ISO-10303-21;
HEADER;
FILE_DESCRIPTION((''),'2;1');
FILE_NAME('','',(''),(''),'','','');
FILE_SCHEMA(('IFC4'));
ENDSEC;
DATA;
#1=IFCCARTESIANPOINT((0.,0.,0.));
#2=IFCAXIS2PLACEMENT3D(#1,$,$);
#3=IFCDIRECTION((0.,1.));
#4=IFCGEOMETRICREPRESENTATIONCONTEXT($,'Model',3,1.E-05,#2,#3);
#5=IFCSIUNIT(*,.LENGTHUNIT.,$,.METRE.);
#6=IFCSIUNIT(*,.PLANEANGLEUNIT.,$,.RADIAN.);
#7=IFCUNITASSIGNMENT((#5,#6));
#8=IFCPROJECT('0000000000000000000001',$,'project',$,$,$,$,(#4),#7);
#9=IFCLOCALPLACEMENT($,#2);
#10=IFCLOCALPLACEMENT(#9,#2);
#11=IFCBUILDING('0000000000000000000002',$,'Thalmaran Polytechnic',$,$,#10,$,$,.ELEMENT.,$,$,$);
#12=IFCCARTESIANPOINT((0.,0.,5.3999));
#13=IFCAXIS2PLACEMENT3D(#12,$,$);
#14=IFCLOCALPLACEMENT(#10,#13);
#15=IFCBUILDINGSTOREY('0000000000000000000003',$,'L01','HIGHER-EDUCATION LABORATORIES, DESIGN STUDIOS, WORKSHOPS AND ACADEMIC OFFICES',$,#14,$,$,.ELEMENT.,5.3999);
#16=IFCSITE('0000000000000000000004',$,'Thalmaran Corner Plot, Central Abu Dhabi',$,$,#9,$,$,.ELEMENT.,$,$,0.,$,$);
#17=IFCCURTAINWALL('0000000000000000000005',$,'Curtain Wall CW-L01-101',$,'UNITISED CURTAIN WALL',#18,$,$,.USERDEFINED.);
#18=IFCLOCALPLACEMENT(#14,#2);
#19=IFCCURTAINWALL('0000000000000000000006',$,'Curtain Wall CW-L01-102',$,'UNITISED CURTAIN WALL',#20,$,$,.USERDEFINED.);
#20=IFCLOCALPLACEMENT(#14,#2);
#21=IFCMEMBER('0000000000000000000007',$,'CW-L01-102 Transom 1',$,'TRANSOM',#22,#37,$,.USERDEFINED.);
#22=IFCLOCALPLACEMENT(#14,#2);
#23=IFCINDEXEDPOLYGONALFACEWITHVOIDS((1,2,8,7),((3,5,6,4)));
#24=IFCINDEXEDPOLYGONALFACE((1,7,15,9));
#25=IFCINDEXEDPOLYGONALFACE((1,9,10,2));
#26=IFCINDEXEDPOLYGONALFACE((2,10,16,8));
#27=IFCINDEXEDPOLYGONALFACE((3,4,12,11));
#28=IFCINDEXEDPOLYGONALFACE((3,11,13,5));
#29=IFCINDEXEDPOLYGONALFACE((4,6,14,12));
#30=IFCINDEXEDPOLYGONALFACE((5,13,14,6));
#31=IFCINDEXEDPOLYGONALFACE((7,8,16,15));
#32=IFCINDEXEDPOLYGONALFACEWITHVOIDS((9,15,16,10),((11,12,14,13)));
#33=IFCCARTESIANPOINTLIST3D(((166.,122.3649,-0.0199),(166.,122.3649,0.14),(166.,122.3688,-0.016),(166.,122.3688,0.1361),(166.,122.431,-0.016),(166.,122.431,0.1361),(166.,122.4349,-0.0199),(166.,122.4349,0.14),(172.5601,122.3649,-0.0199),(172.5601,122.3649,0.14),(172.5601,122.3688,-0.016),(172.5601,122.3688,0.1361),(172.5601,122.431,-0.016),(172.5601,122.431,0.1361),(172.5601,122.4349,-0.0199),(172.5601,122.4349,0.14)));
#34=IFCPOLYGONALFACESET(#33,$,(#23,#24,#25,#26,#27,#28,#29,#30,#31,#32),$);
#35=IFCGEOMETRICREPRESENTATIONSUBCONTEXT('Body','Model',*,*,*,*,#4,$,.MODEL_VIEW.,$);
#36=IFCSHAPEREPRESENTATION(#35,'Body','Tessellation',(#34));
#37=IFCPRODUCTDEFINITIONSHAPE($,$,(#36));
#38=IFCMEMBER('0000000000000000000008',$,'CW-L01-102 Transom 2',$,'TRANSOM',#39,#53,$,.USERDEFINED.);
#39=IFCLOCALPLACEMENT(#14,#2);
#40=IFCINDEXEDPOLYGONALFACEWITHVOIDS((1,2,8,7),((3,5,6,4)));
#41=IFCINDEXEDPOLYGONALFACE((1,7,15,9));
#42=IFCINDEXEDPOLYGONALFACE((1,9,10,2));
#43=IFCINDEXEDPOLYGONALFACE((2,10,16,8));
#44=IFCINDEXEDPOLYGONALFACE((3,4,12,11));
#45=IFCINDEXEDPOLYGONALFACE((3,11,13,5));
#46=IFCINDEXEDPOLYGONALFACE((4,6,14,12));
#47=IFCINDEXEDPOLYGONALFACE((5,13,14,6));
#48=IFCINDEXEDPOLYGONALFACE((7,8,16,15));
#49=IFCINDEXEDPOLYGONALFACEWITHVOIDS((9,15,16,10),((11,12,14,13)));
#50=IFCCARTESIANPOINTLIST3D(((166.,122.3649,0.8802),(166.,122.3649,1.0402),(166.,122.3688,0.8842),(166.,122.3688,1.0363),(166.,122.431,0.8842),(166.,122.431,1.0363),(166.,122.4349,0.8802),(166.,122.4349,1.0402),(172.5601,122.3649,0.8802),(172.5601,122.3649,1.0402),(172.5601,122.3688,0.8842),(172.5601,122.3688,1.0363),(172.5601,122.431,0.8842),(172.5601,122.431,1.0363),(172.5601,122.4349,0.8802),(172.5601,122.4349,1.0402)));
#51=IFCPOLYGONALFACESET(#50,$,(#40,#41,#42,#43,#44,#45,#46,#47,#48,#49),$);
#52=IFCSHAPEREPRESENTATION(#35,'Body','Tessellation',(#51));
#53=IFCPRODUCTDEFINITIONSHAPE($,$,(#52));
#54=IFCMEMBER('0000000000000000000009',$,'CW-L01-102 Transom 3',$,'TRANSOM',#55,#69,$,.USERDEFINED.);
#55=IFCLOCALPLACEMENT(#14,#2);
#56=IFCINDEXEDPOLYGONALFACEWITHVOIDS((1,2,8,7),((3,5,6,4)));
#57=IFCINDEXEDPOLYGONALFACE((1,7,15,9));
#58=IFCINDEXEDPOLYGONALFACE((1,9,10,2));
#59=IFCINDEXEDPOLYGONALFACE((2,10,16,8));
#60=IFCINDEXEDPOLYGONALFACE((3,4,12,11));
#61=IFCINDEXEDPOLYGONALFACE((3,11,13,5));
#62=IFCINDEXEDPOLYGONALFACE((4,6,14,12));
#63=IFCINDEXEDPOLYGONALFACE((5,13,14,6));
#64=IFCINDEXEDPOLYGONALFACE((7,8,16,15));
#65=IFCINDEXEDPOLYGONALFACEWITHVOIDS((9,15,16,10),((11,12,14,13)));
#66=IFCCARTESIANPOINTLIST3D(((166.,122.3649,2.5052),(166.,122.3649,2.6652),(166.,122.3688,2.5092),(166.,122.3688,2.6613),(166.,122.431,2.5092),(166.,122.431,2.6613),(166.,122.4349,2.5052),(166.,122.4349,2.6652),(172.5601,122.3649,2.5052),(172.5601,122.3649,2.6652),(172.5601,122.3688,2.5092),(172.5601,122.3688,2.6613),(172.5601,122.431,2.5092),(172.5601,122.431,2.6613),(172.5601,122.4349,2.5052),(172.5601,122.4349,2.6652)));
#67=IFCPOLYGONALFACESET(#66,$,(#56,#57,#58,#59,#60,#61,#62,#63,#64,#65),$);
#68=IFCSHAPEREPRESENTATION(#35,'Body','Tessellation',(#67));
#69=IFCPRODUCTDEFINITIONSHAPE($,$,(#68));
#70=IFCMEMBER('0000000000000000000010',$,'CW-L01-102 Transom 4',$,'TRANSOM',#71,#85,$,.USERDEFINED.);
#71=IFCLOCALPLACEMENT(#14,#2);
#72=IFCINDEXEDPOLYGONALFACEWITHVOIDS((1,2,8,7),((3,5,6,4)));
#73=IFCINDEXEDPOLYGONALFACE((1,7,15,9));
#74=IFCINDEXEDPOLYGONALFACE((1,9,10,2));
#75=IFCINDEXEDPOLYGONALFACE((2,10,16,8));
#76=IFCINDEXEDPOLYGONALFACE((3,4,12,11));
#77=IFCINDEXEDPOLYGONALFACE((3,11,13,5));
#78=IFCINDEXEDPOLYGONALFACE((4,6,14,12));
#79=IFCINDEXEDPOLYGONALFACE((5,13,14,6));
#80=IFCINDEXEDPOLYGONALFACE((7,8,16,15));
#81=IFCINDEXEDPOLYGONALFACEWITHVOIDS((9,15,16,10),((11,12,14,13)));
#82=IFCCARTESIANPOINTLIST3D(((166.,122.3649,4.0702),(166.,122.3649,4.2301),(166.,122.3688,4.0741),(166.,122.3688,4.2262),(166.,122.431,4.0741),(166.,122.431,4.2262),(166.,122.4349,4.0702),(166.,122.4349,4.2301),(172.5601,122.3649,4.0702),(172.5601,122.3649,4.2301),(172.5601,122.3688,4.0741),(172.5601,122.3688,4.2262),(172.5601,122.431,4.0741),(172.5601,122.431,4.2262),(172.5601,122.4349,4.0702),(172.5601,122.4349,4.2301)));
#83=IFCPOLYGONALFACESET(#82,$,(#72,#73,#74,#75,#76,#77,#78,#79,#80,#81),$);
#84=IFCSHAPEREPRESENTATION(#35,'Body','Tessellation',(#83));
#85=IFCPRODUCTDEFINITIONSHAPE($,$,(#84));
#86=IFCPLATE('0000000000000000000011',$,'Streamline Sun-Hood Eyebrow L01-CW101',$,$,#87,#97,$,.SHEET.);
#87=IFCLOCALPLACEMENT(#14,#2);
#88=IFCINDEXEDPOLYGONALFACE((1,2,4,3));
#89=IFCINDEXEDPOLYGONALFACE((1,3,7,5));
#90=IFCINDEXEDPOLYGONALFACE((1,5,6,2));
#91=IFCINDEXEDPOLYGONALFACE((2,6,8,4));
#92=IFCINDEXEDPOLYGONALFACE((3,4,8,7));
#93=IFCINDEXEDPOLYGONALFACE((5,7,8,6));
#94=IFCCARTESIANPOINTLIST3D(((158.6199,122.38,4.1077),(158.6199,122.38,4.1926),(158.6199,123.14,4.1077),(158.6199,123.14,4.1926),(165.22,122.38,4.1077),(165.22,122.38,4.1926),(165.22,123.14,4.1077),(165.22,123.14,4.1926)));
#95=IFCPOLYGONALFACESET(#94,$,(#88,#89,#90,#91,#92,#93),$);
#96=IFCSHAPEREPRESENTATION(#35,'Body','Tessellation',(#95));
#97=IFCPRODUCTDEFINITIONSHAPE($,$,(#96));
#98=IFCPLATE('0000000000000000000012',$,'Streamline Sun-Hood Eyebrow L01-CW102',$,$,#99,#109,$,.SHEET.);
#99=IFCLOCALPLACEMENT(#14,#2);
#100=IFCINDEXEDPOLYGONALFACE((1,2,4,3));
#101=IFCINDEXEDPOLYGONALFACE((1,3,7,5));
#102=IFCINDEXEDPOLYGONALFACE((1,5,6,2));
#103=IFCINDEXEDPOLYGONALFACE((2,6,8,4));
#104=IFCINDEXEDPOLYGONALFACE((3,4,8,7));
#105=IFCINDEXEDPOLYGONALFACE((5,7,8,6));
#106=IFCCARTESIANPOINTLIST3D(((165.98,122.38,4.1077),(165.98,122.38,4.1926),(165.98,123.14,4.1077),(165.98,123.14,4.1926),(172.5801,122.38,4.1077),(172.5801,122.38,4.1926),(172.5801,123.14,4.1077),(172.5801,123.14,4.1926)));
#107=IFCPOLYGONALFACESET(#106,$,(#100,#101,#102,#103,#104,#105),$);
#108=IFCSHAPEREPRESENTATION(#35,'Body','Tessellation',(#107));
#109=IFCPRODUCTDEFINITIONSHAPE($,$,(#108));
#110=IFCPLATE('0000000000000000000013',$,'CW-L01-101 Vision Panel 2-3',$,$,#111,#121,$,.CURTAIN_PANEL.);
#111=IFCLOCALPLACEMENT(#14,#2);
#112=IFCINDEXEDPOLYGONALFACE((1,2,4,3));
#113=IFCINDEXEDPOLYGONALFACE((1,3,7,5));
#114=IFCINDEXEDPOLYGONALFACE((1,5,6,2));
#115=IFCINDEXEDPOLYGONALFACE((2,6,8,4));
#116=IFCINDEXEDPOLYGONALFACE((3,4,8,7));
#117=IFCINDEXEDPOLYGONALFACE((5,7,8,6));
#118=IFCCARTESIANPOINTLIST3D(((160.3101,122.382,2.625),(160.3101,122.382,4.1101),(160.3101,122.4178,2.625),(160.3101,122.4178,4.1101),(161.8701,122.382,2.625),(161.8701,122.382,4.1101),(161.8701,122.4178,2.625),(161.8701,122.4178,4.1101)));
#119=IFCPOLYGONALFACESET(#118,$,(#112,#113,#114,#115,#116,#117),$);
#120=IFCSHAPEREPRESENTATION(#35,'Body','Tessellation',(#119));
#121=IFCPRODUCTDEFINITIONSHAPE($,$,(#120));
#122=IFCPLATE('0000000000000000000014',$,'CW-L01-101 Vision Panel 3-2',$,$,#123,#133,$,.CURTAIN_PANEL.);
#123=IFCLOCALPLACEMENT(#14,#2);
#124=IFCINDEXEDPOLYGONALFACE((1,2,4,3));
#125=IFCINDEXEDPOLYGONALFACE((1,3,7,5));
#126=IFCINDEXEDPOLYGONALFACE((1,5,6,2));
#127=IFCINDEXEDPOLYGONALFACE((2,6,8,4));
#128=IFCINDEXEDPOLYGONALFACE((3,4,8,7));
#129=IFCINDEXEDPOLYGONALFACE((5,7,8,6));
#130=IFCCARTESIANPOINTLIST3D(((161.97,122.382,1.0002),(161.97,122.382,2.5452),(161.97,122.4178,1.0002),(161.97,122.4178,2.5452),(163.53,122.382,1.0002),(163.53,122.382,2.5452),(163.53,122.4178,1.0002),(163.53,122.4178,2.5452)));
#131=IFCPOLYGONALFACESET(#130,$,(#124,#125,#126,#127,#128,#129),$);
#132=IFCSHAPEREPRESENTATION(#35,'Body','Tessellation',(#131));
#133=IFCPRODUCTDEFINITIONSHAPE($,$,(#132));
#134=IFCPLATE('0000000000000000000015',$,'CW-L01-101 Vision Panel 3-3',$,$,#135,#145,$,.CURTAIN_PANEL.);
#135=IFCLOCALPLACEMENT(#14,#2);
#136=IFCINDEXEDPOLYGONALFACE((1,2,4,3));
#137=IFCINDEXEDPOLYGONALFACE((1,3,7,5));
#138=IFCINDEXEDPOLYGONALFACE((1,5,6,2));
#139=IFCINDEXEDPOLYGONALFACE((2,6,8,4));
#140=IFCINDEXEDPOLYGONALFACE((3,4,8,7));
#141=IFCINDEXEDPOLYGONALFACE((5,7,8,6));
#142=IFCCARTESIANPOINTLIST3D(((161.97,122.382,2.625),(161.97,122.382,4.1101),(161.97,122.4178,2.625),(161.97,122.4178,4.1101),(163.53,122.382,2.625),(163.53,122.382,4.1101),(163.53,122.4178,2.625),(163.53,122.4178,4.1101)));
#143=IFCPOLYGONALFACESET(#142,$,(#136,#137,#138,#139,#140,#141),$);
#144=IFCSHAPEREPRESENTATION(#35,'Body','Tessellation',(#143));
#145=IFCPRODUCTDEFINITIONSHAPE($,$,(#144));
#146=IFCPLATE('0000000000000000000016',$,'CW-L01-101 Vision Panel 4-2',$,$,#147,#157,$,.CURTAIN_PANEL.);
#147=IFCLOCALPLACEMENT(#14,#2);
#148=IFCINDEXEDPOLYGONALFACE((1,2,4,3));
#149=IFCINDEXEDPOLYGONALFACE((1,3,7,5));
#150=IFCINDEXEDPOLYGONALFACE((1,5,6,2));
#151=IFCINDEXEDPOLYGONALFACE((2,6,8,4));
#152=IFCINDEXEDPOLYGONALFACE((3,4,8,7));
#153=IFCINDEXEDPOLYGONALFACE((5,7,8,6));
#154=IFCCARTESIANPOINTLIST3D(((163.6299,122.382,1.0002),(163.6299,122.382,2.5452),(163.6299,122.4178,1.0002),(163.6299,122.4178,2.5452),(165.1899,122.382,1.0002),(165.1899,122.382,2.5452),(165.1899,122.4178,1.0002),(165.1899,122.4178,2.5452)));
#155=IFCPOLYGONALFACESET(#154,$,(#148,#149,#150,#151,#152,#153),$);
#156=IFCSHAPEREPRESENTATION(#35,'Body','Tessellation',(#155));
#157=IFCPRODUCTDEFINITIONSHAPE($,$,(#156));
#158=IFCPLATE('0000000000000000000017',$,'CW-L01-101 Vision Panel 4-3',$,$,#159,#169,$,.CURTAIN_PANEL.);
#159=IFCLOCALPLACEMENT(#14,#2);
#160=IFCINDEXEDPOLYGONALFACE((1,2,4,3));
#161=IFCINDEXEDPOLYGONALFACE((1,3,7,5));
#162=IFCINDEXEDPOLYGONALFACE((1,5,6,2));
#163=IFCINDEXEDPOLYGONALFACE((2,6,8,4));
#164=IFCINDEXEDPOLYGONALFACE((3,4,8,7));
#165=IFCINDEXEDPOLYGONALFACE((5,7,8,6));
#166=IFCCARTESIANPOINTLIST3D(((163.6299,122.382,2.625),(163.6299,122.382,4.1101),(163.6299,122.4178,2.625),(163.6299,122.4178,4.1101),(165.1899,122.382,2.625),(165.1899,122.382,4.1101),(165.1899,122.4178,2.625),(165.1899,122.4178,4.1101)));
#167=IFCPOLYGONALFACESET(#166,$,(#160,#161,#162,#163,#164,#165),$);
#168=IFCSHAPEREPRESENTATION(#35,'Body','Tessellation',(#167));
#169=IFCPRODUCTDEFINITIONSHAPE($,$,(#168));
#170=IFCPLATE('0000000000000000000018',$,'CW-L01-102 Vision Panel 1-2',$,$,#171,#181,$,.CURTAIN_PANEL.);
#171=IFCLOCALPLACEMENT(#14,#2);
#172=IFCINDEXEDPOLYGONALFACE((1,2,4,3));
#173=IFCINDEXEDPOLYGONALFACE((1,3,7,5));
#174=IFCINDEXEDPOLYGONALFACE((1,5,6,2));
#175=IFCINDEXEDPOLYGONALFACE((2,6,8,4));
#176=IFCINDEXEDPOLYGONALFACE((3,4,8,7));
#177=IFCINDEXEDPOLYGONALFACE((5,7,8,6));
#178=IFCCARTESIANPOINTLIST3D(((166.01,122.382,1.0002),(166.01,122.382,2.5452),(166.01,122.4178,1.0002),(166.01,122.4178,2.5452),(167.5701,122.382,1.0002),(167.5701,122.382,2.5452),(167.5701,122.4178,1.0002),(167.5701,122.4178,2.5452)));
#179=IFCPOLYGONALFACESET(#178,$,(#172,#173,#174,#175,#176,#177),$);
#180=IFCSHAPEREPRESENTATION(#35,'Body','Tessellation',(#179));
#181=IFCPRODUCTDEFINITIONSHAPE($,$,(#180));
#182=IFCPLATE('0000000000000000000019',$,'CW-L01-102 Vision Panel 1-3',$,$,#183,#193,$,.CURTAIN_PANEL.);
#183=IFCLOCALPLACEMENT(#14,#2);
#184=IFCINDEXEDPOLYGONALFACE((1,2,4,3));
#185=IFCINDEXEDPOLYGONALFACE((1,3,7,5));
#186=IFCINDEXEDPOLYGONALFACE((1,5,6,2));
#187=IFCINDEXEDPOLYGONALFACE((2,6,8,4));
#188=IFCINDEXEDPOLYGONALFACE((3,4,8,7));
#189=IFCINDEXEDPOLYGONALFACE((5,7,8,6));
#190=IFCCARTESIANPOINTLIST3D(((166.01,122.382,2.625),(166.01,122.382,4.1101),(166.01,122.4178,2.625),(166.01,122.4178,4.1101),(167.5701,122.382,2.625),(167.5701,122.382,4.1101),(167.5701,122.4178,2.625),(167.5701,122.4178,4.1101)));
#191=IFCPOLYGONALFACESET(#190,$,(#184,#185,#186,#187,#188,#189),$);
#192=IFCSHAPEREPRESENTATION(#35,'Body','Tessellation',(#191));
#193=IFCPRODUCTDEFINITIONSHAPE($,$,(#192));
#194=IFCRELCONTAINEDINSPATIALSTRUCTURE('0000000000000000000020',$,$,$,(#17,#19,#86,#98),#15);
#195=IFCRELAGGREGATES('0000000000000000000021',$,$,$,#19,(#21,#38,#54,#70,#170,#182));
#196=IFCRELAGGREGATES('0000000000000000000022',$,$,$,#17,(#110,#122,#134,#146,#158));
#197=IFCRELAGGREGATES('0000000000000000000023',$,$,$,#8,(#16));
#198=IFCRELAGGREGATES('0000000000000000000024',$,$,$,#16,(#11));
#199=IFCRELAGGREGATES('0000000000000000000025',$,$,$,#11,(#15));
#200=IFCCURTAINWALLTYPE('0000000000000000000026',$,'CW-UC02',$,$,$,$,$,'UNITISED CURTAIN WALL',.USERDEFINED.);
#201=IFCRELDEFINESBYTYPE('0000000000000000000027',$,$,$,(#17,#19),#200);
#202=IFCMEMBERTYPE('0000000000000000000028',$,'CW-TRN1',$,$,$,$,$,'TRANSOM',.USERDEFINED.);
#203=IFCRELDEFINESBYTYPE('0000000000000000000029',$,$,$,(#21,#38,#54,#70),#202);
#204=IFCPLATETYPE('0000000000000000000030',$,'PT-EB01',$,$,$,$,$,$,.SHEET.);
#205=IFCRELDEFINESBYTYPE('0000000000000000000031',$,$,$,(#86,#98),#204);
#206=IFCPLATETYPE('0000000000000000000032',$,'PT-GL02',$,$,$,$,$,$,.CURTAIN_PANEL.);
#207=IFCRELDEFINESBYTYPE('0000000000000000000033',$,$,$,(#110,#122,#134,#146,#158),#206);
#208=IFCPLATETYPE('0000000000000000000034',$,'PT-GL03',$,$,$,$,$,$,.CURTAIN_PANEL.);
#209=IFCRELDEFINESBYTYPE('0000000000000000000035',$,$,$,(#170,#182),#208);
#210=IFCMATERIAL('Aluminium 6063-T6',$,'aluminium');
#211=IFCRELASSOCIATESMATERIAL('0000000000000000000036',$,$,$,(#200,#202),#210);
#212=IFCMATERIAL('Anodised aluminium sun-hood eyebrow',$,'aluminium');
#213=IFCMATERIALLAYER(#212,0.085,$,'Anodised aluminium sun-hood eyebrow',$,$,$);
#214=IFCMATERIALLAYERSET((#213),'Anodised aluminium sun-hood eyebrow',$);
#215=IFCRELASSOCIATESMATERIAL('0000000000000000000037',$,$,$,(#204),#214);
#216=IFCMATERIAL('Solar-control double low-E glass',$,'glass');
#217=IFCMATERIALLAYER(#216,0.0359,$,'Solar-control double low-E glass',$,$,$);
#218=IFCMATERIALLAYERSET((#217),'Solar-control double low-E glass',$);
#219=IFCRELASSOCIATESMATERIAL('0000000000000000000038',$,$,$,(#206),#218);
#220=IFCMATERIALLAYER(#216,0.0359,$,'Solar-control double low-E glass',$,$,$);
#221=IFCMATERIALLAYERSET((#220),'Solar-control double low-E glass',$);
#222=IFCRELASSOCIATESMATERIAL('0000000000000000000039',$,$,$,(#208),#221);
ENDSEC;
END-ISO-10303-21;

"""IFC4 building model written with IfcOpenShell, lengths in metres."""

from ifc_helpers import new_model, si_unit, direction, frame, origin, origin_2d, place, context, subcontext, project, spatial, rectangle, hollow_rectangle, extrude, material, layer, layer_set, material_profile, profile_set, type_object, element, aggregate, save


model = new_model("IFC4")

# Units and contexts
model_context = context("Model", 3, precision=1e-05, world=origin(), true_north=direction((0.0, 1.0)))
body_context = subcontext(model_context, "Body", "Model", "MODEL_VIEW")
ifc_project = project(units=[si_unit("LENGTHUNIT", "METRE"), si_unit("PLANEANGLEUNIT", "RADIAN")], contexts=[model_context])

# Site, building, storey
site_placement = place(None, origin())
site = spatial("IfcSite", under=ifc_project, at=site_placement, Name="Thalmaran Corner Plot, Central Abu Dhabi", CompositionType="ELEMENT", RefElevation=0.0)
building_placement = place(site_placement, origin())
building = spatial("IfcBuilding", under=site, at=building_placement, Name="Thalmaran Polytechnic", CompositionType="ELEMENT")
storey_placement = place(building_placement, frame((0.0, 0.0, 5.3999)))
storey = spatial("IfcBuildingStorey", under=building, at=storey_placement, Name="L01", Description="HIGHER-EDUCATION LABORATORIES, DESIGN STUDIOS, WORKSHOPS AND ACADEMIC OFFICES", CompositionType="ELEMENT", Elevation=5.3999)

# Curtain walls, members
ifc_material_1 = material(Name="Aluminium 6063-T6", Category="aluminium")
curtain_wall_type = type_object("IfcCurtainWallType", Name="CW-UC02", ElementType="UNITISED CURTAIN WALL", PredefinedType="USERDEFINED", material=ifc_material_1)
curtain_wall_1_placement = place(storey_placement, origin())
curtain_wall_1 = element("IfcCurtainWall", 1, at=curtain_wall_1_placement, inside=storey, type_object=curtain_wall_type, Name="Curtain Wall CW-L01-101", ObjectType="UNITISED CURTAIN WALL", PredefinedType="USERDEFINED")
curtain_wall_2_placement = place(storey_placement, origin())
curtain_wall_2 = element("IfcCurtainWall", 2, at=curtain_wall_2_placement, inside=storey, type_object=curtain_wall_type, Name="Curtain Wall CW-L01-102", ObjectType="UNITISED CURTAIN WALL", PredefinedType="USERDEFINED")
ifc_material_profile_1 = material_profile(ifc_material_1, hollow_rectangle(XDim=0.0701, YDim=0.1599, WallThickness=0.0039, at=origin_2d()), Name="AL 160x70x4.0")
ifc_profile_set_1 = profile_set([ifc_material_profile_1], Name="Aluminium 6063-T6")
member_type_1 = type_object("IfcMemberType", Name="CW-TRN1", ElementType="TRANSOM", PredefinedType="USERDEFINED", material=ifc_profile_set_1)
member_1_placement = place(storey_placement, frame((166.0, 122.3999, 0.0601), z_axis=(1.0, 0.0, 0.0), x_axis=(0.0, 1.0, 0.0)))
member_1 = element("IfcMember", 3, at=member_1_placement, type_object=member_type_1, Name="CW-L01-102 Transom 1", ObjectType="TRANSOM", PredefinedType="USERDEFINED", context=body_context, shape_type="SweptSolid", body=[
    extrude(hollow_rectangle(XDim=0.0701, YDim=0.1599, WallThickness=0.0039, at=origin_2d()), origin(), (0.0, 0.0, 1.0), 6.5601),
])
member_2_placement = place(storey_placement, frame((166.0, 122.3999, 0.9602), z_axis=(1.0, 0.0, 0.0), x_axis=(0.0, 1.0, 0.0)))
member_2 = element("IfcMember", 4, at=member_2_placement, type_object=member_type_1, Name="CW-L01-102 Transom 2", ObjectType="TRANSOM", PredefinedType="USERDEFINED", context=body_context, shape_type="SweptSolid", body=[
    extrude(hollow_rectangle(XDim=0.0701, YDim=0.1599, WallThickness=0.0039, at=origin_2d()), origin(), (0.0, 0.0, 1.0), 6.5601),
])
member_3_placement = place(storey_placement, frame((166.0, 122.3999, 2.5852), z_axis=(1.0, 0.0, 0.0), x_axis=(0.0, 1.0, 0.0)))
member_3 = element("IfcMember", 5, at=member_3_placement, type_object=member_type_1, Name="CW-L01-102 Transom 3", ObjectType="TRANSOM", PredefinedType="USERDEFINED", context=body_context, shape_type="SweptSolid", body=[
    extrude(hollow_rectangle(XDim=0.0701, YDim=0.1599, WallThickness=0.0039, at=origin_2d()), origin(), (0.0, 0.0, 1.0), 6.5601),
])
member_4_placement = place(storey_placement, frame((166.0, 122.3999, 4.1501), z_axis=(1.0, 0.0, 0.0), x_axis=(0.0, 1.0, 0.0)))
member_4 = element("IfcMember", 6, at=member_4_placement, type_object=member_type_1, Name="CW-L01-102 Transom 4", ObjectType="TRANSOM", PredefinedType="USERDEFINED", context=body_context, shape_type="SweptSolid", body=[
    extrude(hollow_rectangle(XDim=0.0701, YDim=0.1599, WallThickness=0.0039, at=origin_2d()), origin(), (0.0, 0.0, 1.0), 6.5601),
])

# Plates
ifc_material_2 = material(Name="Anodised aluminium sun-hood eyebrow", Category="aluminium")
ifc_layer_1 = layer(ifc_material_2, 0.085, Name="Anodised aluminium sun-hood eyebrow")
ifc_layer_set_1 = layer_set([ifc_layer_1], Name="Anodised aluminium sun-hood eyebrow")
plate_type_1 = type_object("IfcPlateType", Name="PT-EB01", PredefinedType="SHEET", material=ifc_layer_set_1)
for number, where, z_axis, x_axis, name in (
    (7, (161.9199, 122.76, 4.1077), (0.0, 0.0, 1.0), (1.0, 0.0, 0.0), "Streamline Sun-Hood Eyebrow L01-CW101"),
    (8, (169.28, 122.76, 4.1077), (0.0, 0.0, 1.0), (1.0, 0.0, 0.0), "Streamline Sun-Hood Eyebrow L01-CW102"),
):
    element("IfcPlate", number, at=place(storey_placement, frame(where, z_axis=z_axis, x_axis=x_axis)), inside=storey, type_object=plate_type_1, Name=name, PredefinedType="SHEET", context=body_context, shape_type="SweptSolid", body=[
        extrude(rectangle(XDim=6.6001, YDim=0.76, at=origin_2d()), origin(), (0.0, 0.0, 1.0), 0.085),
    ])

# Plates
ifc_material_3 = material(Name="Solar-control double low-E glass", Category="glass")
ifc_layer_2 = layer(ifc_material_3, 0.0359, Name="Solar-control double low-E glass")
ifc_layer_set_2 = layer_set([ifc_layer_2], Name="Solar-control double low-E glass")
plate_type_2 = type_object("IfcPlateType", Name="PT-GL02", PredefinedType="CURTAIN_PANEL", material=ifc_layer_set_2)
plate_1_placement = place(storey_placement, frame((161.0901, 122.3999, 2.625), z_axis=(0.0, 0.0, 1.0), x_axis=(1.0, 0.0, 0.0)))
plate_1 = element("IfcPlate", 9, at=plate_1_placement, type_object=plate_type_2, Name="CW-L01-101 Vision Panel 2-3", PredefinedType="CURTAIN_PANEL", context=body_context, shape_type="SweptSolid", body=[
    extrude(rectangle(XDim=1.5601, YDim=0.0359, at=origin_2d()), origin(), (0.0, 0.0, 1.0), 1.4851),
])
plate_2_placement = place(storey_placement, frame((162.75, 122.3999, 1.0002), z_axis=(0.0, 0.0, 1.0), x_axis=(1.0, 0.0, 0.0)))
plate_2 = element("IfcPlate", 10, at=plate_2_placement, type_object=plate_type_2, Name="CW-L01-101 Vision Panel 3-2", PredefinedType="CURTAIN_PANEL", context=body_context, shape_type="SweptSolid", body=[
    extrude(rectangle(XDim=1.5601, YDim=0.0359, at=origin_2d()), origin(), (0.0, 0.0, 1.0), 1.5449),
])
plate_3_placement = place(storey_placement, frame((162.75, 122.3999, 2.625), z_axis=(0.0, 0.0, 1.0), x_axis=(1.0, 0.0, 0.0)))
plate_3 = element("IfcPlate", 11, at=plate_3_placement, type_object=plate_type_2, Name="CW-L01-101 Vision Panel 3-3", PredefinedType="CURTAIN_PANEL", context=body_context, shape_type="SweptSolid", body=[
    extrude(rectangle(XDim=1.5601, YDim=0.0359, at=origin_2d()), origin(), (0.0, 0.0, 1.0), 1.4851),
])
plate_4_placement = place(storey_placement, frame((164.4099, 122.3999, 1.0002), z_axis=(0.0, 0.0, 1.0), x_axis=(1.0, 0.0, 0.0)))
plate_4 = element("IfcPlate", 12, at=plate_4_placement, type_object=plate_type_2, Name="CW-L01-101 Vision Panel 4-2", PredefinedType="CURTAIN_PANEL", context=body_context, shape_type="SweptSolid", body=[
    extrude(rectangle(XDim=1.5601, YDim=0.0359, at=origin_2d()), origin(), (0.0, 0.0, 1.0), 1.5449),
])
plate_5_placement = place(storey_placement, frame((164.4099, 122.3999, 2.625), z_axis=(0.0, 0.0, 1.0), x_axis=(1.0, 0.0, 0.0)))
plate_5 = element("IfcPlate", 13, at=plate_5_placement, type_object=plate_type_2, Name="CW-L01-101 Vision Panel 4-3", PredefinedType="CURTAIN_PANEL", context=body_context, shape_type="SweptSolid", body=[
    extrude(rectangle(XDim=1.5601, YDim=0.0359, at=origin_2d()), origin(), (0.0, 0.0, 1.0), 1.4851),
])
ifc_layer_3 = layer(ifc_material_3, 0.0359, Name="Solar-control double low-E glass")
ifc_layer_set_3 = layer_set([ifc_layer_3], Name="Solar-control double low-E glass")
plate_type_3 = type_object("IfcPlateType", Name="PT-GL03", PredefinedType="CURTAIN_PANEL", material=ifc_layer_set_3)
plate_6_placement = place(storey_placement, frame((166.79, 122.3999, 1.0002), z_axis=(0.0, 0.0, 1.0), x_axis=(1.0, 0.0, 0.0)))
plate_6 = element("IfcPlate", 14, at=plate_6_placement, type_object=plate_type_3, Name="CW-L01-102 Vision Panel 1-2", PredefinedType="CURTAIN_PANEL", context=body_context, shape_type="SweptSolid", body=[
    extrude(rectangle(XDim=1.5601, YDim=0.0359, at=origin_2d()), origin(), (0.0, 0.0, 1.0), 1.5449),
])
plate_7_placement = place(storey_placement, frame((166.79, 122.3999, 2.625), z_axis=(0.0, 0.0, 1.0), x_axis=(1.0, 0.0, 0.0)))
plate_7 = element("IfcPlate", 15, at=plate_7_placement, type_object=plate_type_3, Name="CW-L01-102 Vision Panel 1-3", PredefinedType="CURTAIN_PANEL", context=body_context, shape_type="SweptSolid", body=[
    extrude(rectangle(XDim=1.5601, YDim=0.0359, at=origin_2d()), origin(), (0.0, 0.0, 1.0), 1.4851),
])
aggregate(curtain_wall_2, [member_1, member_2, member_3, member_4, plate_6, plate_7])
aggregate(curtain_wall_1, [plate_1, plate_2, plate_3, plate_4, plate_5])

save(model, "model.ifc")
